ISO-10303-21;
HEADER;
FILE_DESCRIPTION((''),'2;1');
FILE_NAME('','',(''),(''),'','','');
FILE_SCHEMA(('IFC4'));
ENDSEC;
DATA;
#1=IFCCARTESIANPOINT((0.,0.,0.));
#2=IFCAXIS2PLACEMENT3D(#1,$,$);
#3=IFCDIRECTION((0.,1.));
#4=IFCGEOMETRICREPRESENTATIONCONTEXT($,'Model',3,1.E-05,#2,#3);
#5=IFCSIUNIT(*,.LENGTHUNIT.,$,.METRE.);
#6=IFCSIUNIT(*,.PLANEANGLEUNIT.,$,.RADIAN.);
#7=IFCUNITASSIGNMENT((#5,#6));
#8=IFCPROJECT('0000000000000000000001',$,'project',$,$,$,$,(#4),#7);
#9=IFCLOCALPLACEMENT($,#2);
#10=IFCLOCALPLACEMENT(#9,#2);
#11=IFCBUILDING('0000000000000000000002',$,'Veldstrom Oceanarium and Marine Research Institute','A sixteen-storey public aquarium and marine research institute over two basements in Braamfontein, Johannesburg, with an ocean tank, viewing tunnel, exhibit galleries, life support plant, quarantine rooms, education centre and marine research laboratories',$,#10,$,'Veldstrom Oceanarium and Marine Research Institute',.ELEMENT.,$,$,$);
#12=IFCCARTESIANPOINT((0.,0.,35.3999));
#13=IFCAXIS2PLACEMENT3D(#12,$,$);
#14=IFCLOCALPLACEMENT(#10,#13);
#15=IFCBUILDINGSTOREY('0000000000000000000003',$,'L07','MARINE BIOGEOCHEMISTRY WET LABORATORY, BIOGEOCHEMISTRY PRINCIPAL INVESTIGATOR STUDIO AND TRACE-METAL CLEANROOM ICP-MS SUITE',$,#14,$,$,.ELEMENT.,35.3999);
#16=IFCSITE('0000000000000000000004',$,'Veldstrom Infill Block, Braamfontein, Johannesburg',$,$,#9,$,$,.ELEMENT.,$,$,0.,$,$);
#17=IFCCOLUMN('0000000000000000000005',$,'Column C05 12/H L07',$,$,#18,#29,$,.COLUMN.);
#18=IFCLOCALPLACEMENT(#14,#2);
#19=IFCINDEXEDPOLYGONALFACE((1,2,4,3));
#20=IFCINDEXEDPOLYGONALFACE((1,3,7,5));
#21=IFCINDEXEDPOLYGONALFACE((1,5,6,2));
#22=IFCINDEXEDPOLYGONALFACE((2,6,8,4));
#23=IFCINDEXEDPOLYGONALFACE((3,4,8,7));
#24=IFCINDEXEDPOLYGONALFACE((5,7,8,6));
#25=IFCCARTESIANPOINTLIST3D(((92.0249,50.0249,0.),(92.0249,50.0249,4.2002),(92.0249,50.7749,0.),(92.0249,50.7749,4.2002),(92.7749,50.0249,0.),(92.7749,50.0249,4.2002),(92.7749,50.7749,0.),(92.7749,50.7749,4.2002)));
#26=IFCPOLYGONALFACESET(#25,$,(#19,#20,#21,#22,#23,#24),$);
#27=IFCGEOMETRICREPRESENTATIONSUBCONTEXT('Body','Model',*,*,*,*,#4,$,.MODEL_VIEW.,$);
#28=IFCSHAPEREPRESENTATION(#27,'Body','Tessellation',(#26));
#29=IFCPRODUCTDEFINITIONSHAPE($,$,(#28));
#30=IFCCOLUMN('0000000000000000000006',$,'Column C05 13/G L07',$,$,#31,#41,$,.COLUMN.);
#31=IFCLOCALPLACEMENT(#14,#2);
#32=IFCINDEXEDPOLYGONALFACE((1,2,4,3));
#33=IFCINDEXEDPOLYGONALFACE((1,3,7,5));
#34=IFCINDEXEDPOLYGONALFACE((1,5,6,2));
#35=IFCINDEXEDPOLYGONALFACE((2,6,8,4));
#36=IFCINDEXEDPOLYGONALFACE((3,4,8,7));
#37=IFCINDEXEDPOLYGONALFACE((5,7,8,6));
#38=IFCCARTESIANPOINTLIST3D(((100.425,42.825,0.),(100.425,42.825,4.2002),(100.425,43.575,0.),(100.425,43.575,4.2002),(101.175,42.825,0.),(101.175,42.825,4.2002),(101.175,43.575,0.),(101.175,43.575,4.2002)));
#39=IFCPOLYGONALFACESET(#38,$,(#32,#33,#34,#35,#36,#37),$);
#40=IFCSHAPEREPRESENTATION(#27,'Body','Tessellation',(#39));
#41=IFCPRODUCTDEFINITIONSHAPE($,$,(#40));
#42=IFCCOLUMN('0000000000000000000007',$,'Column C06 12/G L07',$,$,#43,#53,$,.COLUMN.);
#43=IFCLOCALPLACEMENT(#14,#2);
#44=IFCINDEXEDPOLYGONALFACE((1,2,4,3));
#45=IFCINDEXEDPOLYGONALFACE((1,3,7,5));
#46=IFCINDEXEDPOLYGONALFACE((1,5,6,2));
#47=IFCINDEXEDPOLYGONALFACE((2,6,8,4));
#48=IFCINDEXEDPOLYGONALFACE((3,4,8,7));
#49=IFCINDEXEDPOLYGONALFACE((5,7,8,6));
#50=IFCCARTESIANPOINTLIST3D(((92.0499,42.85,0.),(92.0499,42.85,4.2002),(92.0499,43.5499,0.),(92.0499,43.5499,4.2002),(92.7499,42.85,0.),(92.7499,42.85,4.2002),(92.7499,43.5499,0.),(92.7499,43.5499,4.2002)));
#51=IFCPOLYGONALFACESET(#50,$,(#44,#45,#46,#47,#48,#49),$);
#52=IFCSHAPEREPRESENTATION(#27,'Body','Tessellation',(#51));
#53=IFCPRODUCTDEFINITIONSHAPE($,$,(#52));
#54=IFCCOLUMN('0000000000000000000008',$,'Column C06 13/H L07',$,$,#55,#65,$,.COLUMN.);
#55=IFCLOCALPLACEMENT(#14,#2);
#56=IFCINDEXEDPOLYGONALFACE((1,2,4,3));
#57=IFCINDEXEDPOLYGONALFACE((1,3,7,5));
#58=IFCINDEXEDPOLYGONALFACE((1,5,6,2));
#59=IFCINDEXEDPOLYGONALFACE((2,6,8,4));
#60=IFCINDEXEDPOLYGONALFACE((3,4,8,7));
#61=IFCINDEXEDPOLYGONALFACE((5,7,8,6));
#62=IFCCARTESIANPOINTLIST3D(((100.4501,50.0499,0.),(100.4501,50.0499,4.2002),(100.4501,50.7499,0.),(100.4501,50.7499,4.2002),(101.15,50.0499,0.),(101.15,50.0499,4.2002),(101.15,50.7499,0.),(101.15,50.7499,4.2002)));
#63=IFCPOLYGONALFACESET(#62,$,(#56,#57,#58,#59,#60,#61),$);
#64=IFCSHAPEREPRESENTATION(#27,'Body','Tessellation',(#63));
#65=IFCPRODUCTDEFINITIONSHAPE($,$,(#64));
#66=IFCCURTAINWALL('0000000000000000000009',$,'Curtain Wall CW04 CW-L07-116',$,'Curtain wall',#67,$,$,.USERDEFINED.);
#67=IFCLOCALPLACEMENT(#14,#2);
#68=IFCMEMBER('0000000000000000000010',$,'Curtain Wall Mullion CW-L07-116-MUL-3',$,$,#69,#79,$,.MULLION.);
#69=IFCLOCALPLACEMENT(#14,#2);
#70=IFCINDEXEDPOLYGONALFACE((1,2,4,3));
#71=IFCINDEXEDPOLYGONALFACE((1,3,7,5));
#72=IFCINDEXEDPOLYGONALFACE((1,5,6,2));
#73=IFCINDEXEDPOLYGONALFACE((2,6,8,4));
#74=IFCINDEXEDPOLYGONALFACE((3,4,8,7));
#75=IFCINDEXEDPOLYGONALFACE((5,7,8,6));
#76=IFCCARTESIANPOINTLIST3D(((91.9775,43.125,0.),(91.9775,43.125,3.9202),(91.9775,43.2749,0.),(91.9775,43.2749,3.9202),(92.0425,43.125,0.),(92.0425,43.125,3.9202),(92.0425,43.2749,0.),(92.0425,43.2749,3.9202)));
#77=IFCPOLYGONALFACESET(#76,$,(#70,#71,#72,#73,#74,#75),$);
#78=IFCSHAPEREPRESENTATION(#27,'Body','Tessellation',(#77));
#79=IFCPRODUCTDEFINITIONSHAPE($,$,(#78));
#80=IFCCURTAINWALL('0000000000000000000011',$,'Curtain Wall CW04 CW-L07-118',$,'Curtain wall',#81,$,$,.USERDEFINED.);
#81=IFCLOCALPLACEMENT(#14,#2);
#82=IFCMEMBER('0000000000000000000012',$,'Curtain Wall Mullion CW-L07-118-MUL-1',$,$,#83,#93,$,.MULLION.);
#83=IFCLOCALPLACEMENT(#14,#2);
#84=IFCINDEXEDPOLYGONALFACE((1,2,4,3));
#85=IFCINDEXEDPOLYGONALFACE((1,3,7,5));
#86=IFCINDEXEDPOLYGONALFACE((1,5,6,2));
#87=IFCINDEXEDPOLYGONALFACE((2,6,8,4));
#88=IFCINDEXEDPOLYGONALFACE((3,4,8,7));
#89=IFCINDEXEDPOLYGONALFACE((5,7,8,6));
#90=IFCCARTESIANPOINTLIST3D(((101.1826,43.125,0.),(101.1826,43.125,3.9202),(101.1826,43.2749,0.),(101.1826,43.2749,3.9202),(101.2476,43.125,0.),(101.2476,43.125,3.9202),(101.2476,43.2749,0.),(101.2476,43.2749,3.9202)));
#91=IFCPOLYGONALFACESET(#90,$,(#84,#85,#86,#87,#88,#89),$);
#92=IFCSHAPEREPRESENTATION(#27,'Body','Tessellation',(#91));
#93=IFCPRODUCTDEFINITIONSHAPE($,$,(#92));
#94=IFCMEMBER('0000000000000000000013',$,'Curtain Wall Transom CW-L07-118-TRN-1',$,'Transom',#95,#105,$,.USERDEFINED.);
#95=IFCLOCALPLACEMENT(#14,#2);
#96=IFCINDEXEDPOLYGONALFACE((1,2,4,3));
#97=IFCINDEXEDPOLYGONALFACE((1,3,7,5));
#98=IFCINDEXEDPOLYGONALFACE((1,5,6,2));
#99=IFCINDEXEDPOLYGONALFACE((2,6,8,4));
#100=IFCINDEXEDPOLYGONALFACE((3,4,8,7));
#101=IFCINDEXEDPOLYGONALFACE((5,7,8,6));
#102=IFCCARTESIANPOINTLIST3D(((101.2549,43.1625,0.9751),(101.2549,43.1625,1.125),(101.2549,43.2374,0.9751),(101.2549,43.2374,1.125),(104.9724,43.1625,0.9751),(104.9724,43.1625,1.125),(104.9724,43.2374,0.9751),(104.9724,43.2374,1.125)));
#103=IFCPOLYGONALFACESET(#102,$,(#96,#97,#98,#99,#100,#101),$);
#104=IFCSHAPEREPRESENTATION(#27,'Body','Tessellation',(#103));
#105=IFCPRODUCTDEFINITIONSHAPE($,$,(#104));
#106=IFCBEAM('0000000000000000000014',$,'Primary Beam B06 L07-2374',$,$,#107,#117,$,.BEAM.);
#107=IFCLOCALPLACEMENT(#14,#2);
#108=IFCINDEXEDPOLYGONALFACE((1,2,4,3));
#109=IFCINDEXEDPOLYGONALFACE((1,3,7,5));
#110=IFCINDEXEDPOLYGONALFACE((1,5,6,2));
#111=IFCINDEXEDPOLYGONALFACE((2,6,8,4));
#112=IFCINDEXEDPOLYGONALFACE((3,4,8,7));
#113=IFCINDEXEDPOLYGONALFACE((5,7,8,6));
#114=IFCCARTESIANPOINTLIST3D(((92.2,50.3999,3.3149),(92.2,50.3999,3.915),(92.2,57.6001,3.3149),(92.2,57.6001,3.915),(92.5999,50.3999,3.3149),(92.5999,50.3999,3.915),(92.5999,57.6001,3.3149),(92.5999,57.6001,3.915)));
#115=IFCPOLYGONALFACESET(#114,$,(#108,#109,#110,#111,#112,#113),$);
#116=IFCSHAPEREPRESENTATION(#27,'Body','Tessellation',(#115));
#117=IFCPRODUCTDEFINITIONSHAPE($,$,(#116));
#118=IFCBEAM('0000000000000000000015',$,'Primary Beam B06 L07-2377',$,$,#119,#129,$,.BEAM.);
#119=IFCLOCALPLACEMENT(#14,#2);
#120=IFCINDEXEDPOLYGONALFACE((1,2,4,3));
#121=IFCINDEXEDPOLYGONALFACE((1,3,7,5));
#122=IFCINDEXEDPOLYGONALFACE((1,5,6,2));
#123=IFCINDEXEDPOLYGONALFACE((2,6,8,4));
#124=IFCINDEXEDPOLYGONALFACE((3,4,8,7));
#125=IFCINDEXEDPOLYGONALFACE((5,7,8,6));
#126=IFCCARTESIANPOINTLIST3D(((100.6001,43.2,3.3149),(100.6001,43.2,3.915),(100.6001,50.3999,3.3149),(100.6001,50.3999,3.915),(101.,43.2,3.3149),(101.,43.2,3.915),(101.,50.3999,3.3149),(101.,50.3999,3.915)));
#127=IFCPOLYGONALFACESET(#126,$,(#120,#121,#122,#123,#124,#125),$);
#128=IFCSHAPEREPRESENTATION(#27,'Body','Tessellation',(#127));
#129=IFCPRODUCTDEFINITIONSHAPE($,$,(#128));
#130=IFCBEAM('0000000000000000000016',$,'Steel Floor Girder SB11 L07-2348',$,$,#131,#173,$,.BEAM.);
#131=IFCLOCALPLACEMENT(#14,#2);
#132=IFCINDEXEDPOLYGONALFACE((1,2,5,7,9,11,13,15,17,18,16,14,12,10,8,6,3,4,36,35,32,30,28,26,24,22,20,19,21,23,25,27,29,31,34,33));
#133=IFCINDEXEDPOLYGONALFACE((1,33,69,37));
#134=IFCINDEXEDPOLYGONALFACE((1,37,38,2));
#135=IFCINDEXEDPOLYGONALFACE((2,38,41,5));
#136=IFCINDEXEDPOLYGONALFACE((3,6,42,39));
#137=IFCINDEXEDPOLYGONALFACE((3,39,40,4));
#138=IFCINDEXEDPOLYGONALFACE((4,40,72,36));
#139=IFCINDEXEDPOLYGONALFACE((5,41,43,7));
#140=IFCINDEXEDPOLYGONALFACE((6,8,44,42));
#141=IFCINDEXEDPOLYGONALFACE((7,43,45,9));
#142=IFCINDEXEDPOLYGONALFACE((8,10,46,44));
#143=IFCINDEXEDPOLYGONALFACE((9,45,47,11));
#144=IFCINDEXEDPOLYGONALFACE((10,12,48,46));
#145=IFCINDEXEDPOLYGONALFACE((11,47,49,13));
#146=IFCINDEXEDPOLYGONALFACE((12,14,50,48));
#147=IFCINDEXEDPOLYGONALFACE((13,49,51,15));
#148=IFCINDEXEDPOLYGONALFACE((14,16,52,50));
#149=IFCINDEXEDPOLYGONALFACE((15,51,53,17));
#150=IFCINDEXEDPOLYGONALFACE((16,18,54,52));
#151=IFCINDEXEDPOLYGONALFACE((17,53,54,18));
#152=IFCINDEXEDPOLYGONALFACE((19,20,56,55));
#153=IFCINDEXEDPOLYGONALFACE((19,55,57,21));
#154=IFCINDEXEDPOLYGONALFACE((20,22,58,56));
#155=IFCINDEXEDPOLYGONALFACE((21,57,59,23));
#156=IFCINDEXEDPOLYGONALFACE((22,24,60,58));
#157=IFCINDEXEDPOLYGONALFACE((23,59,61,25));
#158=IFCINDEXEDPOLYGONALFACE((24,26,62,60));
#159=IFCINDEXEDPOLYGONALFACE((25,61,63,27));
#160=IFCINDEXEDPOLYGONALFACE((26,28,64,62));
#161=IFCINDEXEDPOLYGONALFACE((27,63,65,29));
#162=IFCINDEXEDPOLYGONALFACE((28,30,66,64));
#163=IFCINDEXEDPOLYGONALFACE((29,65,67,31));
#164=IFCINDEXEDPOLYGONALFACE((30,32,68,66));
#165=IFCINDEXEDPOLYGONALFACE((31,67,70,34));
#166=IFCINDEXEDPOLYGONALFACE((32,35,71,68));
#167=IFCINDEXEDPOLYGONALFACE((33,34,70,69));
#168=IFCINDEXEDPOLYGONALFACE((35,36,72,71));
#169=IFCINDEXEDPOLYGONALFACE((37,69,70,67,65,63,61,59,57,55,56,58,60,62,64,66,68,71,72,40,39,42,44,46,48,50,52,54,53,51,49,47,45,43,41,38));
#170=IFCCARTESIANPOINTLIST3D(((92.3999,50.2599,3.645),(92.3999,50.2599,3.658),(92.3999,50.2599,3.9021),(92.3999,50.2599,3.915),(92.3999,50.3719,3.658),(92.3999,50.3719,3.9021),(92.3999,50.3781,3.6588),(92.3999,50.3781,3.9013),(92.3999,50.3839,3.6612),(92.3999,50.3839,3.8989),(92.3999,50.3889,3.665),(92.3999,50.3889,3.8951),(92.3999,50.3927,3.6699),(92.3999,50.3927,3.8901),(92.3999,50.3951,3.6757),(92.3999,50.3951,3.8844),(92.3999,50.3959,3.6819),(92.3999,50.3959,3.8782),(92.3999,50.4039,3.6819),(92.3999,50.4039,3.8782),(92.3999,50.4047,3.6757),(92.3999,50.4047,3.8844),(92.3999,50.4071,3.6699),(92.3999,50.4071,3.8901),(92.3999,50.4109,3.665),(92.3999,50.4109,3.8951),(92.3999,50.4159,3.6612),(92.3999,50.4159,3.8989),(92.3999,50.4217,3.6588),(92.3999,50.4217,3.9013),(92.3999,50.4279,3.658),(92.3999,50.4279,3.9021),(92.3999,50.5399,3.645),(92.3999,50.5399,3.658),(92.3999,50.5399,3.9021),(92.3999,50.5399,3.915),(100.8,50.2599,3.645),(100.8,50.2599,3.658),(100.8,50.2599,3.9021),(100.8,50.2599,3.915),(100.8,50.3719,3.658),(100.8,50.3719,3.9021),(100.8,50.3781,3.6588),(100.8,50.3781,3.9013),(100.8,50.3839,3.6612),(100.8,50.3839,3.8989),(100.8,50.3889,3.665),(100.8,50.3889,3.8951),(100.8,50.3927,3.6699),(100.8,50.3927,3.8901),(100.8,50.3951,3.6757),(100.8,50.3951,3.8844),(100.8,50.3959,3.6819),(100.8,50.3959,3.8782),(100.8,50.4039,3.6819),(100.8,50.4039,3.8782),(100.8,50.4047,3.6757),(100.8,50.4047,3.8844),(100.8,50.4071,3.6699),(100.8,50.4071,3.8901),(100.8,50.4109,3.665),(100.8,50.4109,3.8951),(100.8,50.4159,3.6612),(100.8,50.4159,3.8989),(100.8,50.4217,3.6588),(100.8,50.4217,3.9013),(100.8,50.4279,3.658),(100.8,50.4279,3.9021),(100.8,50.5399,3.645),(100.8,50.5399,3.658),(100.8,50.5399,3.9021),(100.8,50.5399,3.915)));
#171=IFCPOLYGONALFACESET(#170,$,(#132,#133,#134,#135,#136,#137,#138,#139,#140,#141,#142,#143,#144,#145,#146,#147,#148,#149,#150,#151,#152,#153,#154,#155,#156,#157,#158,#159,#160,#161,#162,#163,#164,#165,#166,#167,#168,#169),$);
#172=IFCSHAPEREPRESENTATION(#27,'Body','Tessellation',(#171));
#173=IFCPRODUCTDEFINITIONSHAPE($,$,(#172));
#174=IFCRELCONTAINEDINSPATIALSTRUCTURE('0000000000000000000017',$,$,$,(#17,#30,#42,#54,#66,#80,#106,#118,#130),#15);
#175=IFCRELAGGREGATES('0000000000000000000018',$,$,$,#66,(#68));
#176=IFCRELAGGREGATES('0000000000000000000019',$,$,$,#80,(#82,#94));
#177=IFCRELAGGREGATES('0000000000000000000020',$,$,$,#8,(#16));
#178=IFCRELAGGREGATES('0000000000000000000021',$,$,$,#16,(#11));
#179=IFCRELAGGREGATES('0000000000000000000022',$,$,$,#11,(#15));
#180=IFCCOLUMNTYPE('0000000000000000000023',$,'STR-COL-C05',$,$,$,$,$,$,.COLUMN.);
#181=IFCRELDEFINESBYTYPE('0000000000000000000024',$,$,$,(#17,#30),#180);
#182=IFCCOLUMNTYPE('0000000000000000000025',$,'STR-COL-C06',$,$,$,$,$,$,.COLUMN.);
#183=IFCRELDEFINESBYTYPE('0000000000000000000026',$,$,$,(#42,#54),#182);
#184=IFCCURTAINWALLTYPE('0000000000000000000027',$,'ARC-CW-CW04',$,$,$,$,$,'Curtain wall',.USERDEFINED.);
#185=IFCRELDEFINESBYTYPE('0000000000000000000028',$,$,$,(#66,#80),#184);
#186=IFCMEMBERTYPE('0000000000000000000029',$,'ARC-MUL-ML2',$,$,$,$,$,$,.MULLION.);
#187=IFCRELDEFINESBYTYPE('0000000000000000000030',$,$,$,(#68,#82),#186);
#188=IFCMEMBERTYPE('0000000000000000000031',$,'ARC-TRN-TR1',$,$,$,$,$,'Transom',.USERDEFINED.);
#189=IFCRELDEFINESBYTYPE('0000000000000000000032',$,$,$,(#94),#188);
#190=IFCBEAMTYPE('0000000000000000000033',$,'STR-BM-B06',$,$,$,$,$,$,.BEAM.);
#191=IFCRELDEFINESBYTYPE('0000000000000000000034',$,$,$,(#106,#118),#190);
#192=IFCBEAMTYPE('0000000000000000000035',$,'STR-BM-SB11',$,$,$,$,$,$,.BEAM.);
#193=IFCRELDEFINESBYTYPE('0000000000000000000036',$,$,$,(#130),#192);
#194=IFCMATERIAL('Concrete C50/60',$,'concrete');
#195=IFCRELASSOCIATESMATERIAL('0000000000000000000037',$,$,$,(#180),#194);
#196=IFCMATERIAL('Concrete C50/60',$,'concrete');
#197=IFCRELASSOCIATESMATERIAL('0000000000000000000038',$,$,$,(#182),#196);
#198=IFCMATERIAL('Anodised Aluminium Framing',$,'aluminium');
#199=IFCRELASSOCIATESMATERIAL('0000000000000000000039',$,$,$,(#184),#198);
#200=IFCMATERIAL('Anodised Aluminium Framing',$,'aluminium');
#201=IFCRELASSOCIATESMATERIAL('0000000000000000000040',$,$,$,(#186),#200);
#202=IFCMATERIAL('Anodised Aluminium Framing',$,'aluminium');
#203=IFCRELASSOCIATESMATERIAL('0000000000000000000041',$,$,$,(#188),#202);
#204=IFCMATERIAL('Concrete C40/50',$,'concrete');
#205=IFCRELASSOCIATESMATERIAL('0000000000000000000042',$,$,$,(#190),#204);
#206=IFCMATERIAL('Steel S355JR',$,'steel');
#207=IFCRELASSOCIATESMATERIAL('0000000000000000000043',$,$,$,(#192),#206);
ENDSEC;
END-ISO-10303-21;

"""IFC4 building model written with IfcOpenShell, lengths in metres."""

from ifc_helpers import new_model, si_unit, direction, frame, origin, origin_2d, place, context, subcontext, project, spatial, rectangle, i_section, extrude, material, material_profile, profile_set, type_object, element, aggregate, save


model = new_model("IFC4")

# Units and contexts
model_context = context("Model", 3, precision=1e-05, world=origin(), true_north=direction((0.0, 1.0)))
body_context = subcontext(model_context, "Body", "Model", "MODEL_VIEW")
ifc_project = project(units=[si_unit("LENGTHUNIT", "METRE"), si_unit("PLANEANGLEUNIT", "RADIAN")], contexts=[model_context])

# Site, building, storey
site_placement = place(None, origin())
site = spatial("IfcSite", under=ifc_project, at=site_placement, Name="Veldstrom Infill Block, Braamfontein, Johannesburg", CompositionType="ELEMENT", RefElevation=0.0)
building_placement = place(site_placement, origin())
building = spatial("IfcBuilding", under=site, at=building_placement, Name="Veldstrom Oceanarium and Marine Research Institute", Description="A sixteen-storey public aquarium and marine research institute over two basements in Braamfontein, Johannesburg, with an ocean tank, viewing tunnel, exhibit galleries, life support plant, quarantine rooms, education centre and marine research laboratories", LongName="Veldstrom Oceanarium and Marine Research Institute", CompositionType="ELEMENT")
storey_placement = place(building_placement, frame((0.0, 0.0, 35.3999)))
storey = spatial("IfcBuildingStorey", under=building, at=storey_placement, Name="L07", Description="MARINE BIOGEOCHEMISTRY WET LABORATORY, BIOGEOCHEMISTRY PRINCIPAL INVESTIGATOR STUDIO AND TRACE-METAL CLEANROOM ICP-MS SUITE", CompositionType="ELEMENT", Elevation=35.3999)

# Columns
ifc_material_1 = material(Name="Concrete C50/60", Category="concrete")
ifc_material_profile_1 = material_profile(ifc_material_1, rectangle(XDim=0.75, YDim=0.75, at=origin_2d()), Name="RC-COL-750x750")
ifc_profile_set_1 = profile_set([ifc_material_profile_1], Name="Concrete C50/60")
column_type_1 = type_object("IfcColumnType", Name="STR-COL-C05", PredefinedType="COLUMN", material=ifc_profile_set_1)
for number, where, z_axis, x_axis, name in (
    (1, (92.3999, 50.3999, 0.0), (0.0, 0.0, 1.0), (1.0, 0.0, 0.0), "Column C05 12/H L07"),
    (2, (100.8, 43.2, 0.0), (0.0, 0.0, 1.0), (1.0, 0.0, 0.0), "Column C05 13/G L07"),
):
    element("IfcColumn", number, at=place(storey_placement, frame(where, z_axis=z_axis, x_axis=x_axis)), inside=storey, type_object=column_type_1, Name=name, PredefinedType="COLUMN", context=body_context, shape_type="SweptSolid", body=[
        extrude(rectangle(XDim=0.75, YDim=0.75, at=origin_2d()), origin(), (0.0, 0.0, 1.0), 4.2002),
    ])
ifc_material_2 = material(Name="Concrete C50/60", Category="concrete")
ifc_material_profile_2 = material_profile(ifc_material_2, rectangle(XDim=0.7, YDim=0.7, at=origin_2d()), Name="RC-COL-700x700")
ifc_profile_set_2 = profile_set([ifc_material_profile_2], Name="Concrete C50/60")
column_type_2 = type_object("IfcColumnType", Name="STR-COL-C06", PredefinedType="COLUMN", material=ifc_profile_set_2)
for number, where, z_axis, x_axis, name in (
    (3, (92.3999, 43.2, 0.0), (0.0, 0.0, 1.0), (1.0, 0.0, 0.0), "Column C06 12/G L07"),
    (4, (100.8, 50.3999, 0.0), (0.0, 0.0, 1.0), (1.0, 0.0, 0.0), "Column C06 13/H L07"),
):
    element("IfcColumn", number, at=place(storey_placement, frame(where, z_axis=z_axis, x_axis=x_axis)), inside=storey, type_object=column_type_2, Name=name, PredefinedType="COLUMN", context=body_context, shape_type="SweptSolid", body=[
        extrude(rectangle(XDim=0.7, YDim=0.7, at=origin_2d()), origin(), (0.0, 0.0, 1.0), 4.2002),
    ])

# Curtain wall, member
ifc_material_3 = material(Name="Anodised Aluminium Framing", Category="aluminium")
curtain_wall_type = type_object("IfcCurtainWallType", Name="ARC-CW-CW04", ElementType="Curtain wall", PredefinedType="USERDEFINED", material=ifc_material_3)
curtain_wall_1_placement = place(storey_placement, origin())
curtain_wall_1 = element("IfcCurtainWall", 5, at=curtain_wall_1_placement, inside=storey, type_object=curtain_wall_type, Name="Curtain Wall CW04 CW-L07-116", ObjectType="Curtain wall", PredefinedType="USERDEFINED")
ifc_material_4 = material(Name="Anodised Aluminium Framing", Category="aluminium")
ifc_material_profile_3 = material_profile(ifc_material_4, rectangle(XDim=0.0649, YDim=0.1499, at=origin_2d()), Name="ALU-MUL-65x150")
ifc_profile_set_3 = profile_set([ifc_material_profile_3], Name="Anodised Aluminium Framing")
member_type_1 = type_object("IfcMemberType", Name="ARC-MUL-ML2", PredefinedType="MULLION", material=ifc_profile_set_3)
member_1_placement = place(storey_placement, frame((92.01, 43.2, 0.0), z_axis=(0.0, 0.0, 1.0), x_axis=(1.0, 0.0, 0.0)))
member_1 = element("IfcMember", 6, at=member_1_placement, type_object=member_type_1, Name="Curtain Wall Mullion CW-L07-116-MUL-3", PredefinedType="MULLION", context=body_context, shape_type="SweptSolid", body=[
    extrude(rectangle(XDim=0.0649, YDim=0.1499, at=origin_2d()), origin(), (0.0, 0.0, 1.0), 3.9202),
])
aggregate(curtain_wall_1, [member_1])

# Curtain wall, members
curtain_wall_2_placement = place(storey_placement, origin())
curtain_wall_2 = element("IfcCurtainWall", 7, at=curtain_wall_2_placement, inside=storey, type_object=curtain_wall_type, Name="Curtain Wall CW04 CW-L07-118", ObjectType="Curtain wall", PredefinedType="USERDEFINED")
member_2_placement = place(storey_placement, frame((101.2151, 43.2, 0.0), z_axis=(0.0, 0.0, 1.0), x_axis=(1.0, 0.0, 0.0)))
member_2 = element("IfcMember", 8, at=member_2_placement, type_object=member_type_1, Name="Curtain Wall Mullion CW-L07-118-MUL-1", PredefinedType="MULLION", context=body_context, shape_type="SweptSolid", body=[
    extrude(rectangle(XDim=0.0649, YDim=0.1499, at=origin_2d()), origin(), (0.0, 0.0, 1.0), 3.9202),
])
ifc_material_5 = material(Name="Anodised Aluminium Framing", Category="aluminium")
ifc_material_profile_4 = material_profile(ifc_material_5, rectangle(XDim=0.075, YDim=0.1499, at=origin_2d()), Name="ALU-TRN-75x150")
ifc_profile_set_4 = profile_set([ifc_material_profile_4], Name="Anodised Aluminium Framing")
member_type_2 = type_object("IfcMemberType", Name="ARC-TRN-TR1", ElementType="Transom", PredefinedType="USERDEFINED", material=ifc_profile_set_4)
member_3_placement = place(storey_placement, frame((101.2549, 43.2, 1.05), z_axis=(1.0, 0.0, 0.0), x_axis=(0.0, 1.0, 0.0)))
member_3 = element("IfcMember", 9, at=member_3_placement, type_object=member_type_2, Name="Curtain Wall Transom CW-L07-118-TRN-1", ObjectType="Transom", PredefinedType="USERDEFINED", context=body_context, shape_type="SweptSolid", body=[
    extrude(rectangle(XDim=0.075, YDim=0.1499, at=origin_2d()), origin(), (0.0, 0.0, 1.0), 3.7175),
])
aggregate(curtain_wall_2, [member_2, member_3])

# Beams
ifc_material_6 = material(Name="Concrete C40/50", Category="concrete")
ifc_material_profile_5 = material_profile(ifc_material_6, rectangle(XDim=0.3999, YDim=0.6001, at=origin_2d()), Name="RC-BM-400x600")
ifc_profile_set_5 = profile_set([ifc_material_profile_5], Name="Concrete C40/50")
beam_type_1 = type_object("IfcBeamType", Name="STR-BM-B06", PredefinedType="BEAM", material=ifc_profile_set_5)
beam_1_placement = place(storey_placement, frame((92.3999, 50.3999, 3.615), z_axis=(0.0, 1.0, 0.0), x_axis=(-1.0, 0.0, 0.0)))
element("IfcBeam", 10, at=beam_1_placement, inside=storey, type_object=beam_type_1, Name="Primary Beam B06 L07-2374", PredefinedType="BEAM", context=body_context, shape_type="SweptSolid", body=[
    extrude(rectangle(XDim=0.3999, YDim=0.6001, at=origin_2d()), origin(), (0.0, 0.0, 1.0), 7.2002),
])
beam_2_placement = place(storey_placement, frame((100.8, 43.2, 3.615), z_axis=(0.0, 1.0, 0.0), x_axis=(-1.0, 0.0, 0.0)))
element("IfcBeam", 11, at=beam_2_placement, inside=storey, type_object=beam_type_1, Name="Primary Beam B06 L07-2377", PredefinedType="BEAM", context=body_context, shape_type="SweptSolid", body=[
    extrude(rectangle(XDim=0.3999, YDim=0.6001, at=origin_2d()), origin(), (0.0, 0.0, 1.0), 7.2),
])
ifc_material_7 = material(Name="Steel S355JR", Category="steel")
ifc_material_profile_6 = material_profile(ifc_material_7, i_section(OverallWidth=0.28, OverallDepth=0.27, WebThickness=0.0081, FlangeThickness=0.0129, FilletRadius=0.0239, at=origin_2d()), Name="HEA 280")
ifc_profile_set_6 = profile_set([ifc_material_profile_6], Name="Steel S355JR")
beam_type_2 = type_object("IfcBeamType", Name="STR-BM-SB11", PredefinedType="BEAM", material=ifc_profile_set_6)
beam_3_placement = place(storey_placement, frame((92.3999, 50.3999, 3.78), z_axis=(1.0, 0.0, 0.0), x_axis=(0.0, 1.0, 0.0)))
element("IfcBeam", 12, at=beam_3_placement, inside=storey, type_object=beam_type_2, Name="Steel Floor Girder SB11 L07-2348", PredefinedType="BEAM", context=body_context, shape_type="SweptSolid", body=[
    extrude(i_section(OverallWidth=0.28, OverallDepth=0.27, WebThickness=0.0081, FlangeThickness=0.0129, FilletRadius=0.0239, at=origin_2d()), origin(), (0.0, 0.0, 1.0), 8.4001),
])

save(model, "model.ifc")
